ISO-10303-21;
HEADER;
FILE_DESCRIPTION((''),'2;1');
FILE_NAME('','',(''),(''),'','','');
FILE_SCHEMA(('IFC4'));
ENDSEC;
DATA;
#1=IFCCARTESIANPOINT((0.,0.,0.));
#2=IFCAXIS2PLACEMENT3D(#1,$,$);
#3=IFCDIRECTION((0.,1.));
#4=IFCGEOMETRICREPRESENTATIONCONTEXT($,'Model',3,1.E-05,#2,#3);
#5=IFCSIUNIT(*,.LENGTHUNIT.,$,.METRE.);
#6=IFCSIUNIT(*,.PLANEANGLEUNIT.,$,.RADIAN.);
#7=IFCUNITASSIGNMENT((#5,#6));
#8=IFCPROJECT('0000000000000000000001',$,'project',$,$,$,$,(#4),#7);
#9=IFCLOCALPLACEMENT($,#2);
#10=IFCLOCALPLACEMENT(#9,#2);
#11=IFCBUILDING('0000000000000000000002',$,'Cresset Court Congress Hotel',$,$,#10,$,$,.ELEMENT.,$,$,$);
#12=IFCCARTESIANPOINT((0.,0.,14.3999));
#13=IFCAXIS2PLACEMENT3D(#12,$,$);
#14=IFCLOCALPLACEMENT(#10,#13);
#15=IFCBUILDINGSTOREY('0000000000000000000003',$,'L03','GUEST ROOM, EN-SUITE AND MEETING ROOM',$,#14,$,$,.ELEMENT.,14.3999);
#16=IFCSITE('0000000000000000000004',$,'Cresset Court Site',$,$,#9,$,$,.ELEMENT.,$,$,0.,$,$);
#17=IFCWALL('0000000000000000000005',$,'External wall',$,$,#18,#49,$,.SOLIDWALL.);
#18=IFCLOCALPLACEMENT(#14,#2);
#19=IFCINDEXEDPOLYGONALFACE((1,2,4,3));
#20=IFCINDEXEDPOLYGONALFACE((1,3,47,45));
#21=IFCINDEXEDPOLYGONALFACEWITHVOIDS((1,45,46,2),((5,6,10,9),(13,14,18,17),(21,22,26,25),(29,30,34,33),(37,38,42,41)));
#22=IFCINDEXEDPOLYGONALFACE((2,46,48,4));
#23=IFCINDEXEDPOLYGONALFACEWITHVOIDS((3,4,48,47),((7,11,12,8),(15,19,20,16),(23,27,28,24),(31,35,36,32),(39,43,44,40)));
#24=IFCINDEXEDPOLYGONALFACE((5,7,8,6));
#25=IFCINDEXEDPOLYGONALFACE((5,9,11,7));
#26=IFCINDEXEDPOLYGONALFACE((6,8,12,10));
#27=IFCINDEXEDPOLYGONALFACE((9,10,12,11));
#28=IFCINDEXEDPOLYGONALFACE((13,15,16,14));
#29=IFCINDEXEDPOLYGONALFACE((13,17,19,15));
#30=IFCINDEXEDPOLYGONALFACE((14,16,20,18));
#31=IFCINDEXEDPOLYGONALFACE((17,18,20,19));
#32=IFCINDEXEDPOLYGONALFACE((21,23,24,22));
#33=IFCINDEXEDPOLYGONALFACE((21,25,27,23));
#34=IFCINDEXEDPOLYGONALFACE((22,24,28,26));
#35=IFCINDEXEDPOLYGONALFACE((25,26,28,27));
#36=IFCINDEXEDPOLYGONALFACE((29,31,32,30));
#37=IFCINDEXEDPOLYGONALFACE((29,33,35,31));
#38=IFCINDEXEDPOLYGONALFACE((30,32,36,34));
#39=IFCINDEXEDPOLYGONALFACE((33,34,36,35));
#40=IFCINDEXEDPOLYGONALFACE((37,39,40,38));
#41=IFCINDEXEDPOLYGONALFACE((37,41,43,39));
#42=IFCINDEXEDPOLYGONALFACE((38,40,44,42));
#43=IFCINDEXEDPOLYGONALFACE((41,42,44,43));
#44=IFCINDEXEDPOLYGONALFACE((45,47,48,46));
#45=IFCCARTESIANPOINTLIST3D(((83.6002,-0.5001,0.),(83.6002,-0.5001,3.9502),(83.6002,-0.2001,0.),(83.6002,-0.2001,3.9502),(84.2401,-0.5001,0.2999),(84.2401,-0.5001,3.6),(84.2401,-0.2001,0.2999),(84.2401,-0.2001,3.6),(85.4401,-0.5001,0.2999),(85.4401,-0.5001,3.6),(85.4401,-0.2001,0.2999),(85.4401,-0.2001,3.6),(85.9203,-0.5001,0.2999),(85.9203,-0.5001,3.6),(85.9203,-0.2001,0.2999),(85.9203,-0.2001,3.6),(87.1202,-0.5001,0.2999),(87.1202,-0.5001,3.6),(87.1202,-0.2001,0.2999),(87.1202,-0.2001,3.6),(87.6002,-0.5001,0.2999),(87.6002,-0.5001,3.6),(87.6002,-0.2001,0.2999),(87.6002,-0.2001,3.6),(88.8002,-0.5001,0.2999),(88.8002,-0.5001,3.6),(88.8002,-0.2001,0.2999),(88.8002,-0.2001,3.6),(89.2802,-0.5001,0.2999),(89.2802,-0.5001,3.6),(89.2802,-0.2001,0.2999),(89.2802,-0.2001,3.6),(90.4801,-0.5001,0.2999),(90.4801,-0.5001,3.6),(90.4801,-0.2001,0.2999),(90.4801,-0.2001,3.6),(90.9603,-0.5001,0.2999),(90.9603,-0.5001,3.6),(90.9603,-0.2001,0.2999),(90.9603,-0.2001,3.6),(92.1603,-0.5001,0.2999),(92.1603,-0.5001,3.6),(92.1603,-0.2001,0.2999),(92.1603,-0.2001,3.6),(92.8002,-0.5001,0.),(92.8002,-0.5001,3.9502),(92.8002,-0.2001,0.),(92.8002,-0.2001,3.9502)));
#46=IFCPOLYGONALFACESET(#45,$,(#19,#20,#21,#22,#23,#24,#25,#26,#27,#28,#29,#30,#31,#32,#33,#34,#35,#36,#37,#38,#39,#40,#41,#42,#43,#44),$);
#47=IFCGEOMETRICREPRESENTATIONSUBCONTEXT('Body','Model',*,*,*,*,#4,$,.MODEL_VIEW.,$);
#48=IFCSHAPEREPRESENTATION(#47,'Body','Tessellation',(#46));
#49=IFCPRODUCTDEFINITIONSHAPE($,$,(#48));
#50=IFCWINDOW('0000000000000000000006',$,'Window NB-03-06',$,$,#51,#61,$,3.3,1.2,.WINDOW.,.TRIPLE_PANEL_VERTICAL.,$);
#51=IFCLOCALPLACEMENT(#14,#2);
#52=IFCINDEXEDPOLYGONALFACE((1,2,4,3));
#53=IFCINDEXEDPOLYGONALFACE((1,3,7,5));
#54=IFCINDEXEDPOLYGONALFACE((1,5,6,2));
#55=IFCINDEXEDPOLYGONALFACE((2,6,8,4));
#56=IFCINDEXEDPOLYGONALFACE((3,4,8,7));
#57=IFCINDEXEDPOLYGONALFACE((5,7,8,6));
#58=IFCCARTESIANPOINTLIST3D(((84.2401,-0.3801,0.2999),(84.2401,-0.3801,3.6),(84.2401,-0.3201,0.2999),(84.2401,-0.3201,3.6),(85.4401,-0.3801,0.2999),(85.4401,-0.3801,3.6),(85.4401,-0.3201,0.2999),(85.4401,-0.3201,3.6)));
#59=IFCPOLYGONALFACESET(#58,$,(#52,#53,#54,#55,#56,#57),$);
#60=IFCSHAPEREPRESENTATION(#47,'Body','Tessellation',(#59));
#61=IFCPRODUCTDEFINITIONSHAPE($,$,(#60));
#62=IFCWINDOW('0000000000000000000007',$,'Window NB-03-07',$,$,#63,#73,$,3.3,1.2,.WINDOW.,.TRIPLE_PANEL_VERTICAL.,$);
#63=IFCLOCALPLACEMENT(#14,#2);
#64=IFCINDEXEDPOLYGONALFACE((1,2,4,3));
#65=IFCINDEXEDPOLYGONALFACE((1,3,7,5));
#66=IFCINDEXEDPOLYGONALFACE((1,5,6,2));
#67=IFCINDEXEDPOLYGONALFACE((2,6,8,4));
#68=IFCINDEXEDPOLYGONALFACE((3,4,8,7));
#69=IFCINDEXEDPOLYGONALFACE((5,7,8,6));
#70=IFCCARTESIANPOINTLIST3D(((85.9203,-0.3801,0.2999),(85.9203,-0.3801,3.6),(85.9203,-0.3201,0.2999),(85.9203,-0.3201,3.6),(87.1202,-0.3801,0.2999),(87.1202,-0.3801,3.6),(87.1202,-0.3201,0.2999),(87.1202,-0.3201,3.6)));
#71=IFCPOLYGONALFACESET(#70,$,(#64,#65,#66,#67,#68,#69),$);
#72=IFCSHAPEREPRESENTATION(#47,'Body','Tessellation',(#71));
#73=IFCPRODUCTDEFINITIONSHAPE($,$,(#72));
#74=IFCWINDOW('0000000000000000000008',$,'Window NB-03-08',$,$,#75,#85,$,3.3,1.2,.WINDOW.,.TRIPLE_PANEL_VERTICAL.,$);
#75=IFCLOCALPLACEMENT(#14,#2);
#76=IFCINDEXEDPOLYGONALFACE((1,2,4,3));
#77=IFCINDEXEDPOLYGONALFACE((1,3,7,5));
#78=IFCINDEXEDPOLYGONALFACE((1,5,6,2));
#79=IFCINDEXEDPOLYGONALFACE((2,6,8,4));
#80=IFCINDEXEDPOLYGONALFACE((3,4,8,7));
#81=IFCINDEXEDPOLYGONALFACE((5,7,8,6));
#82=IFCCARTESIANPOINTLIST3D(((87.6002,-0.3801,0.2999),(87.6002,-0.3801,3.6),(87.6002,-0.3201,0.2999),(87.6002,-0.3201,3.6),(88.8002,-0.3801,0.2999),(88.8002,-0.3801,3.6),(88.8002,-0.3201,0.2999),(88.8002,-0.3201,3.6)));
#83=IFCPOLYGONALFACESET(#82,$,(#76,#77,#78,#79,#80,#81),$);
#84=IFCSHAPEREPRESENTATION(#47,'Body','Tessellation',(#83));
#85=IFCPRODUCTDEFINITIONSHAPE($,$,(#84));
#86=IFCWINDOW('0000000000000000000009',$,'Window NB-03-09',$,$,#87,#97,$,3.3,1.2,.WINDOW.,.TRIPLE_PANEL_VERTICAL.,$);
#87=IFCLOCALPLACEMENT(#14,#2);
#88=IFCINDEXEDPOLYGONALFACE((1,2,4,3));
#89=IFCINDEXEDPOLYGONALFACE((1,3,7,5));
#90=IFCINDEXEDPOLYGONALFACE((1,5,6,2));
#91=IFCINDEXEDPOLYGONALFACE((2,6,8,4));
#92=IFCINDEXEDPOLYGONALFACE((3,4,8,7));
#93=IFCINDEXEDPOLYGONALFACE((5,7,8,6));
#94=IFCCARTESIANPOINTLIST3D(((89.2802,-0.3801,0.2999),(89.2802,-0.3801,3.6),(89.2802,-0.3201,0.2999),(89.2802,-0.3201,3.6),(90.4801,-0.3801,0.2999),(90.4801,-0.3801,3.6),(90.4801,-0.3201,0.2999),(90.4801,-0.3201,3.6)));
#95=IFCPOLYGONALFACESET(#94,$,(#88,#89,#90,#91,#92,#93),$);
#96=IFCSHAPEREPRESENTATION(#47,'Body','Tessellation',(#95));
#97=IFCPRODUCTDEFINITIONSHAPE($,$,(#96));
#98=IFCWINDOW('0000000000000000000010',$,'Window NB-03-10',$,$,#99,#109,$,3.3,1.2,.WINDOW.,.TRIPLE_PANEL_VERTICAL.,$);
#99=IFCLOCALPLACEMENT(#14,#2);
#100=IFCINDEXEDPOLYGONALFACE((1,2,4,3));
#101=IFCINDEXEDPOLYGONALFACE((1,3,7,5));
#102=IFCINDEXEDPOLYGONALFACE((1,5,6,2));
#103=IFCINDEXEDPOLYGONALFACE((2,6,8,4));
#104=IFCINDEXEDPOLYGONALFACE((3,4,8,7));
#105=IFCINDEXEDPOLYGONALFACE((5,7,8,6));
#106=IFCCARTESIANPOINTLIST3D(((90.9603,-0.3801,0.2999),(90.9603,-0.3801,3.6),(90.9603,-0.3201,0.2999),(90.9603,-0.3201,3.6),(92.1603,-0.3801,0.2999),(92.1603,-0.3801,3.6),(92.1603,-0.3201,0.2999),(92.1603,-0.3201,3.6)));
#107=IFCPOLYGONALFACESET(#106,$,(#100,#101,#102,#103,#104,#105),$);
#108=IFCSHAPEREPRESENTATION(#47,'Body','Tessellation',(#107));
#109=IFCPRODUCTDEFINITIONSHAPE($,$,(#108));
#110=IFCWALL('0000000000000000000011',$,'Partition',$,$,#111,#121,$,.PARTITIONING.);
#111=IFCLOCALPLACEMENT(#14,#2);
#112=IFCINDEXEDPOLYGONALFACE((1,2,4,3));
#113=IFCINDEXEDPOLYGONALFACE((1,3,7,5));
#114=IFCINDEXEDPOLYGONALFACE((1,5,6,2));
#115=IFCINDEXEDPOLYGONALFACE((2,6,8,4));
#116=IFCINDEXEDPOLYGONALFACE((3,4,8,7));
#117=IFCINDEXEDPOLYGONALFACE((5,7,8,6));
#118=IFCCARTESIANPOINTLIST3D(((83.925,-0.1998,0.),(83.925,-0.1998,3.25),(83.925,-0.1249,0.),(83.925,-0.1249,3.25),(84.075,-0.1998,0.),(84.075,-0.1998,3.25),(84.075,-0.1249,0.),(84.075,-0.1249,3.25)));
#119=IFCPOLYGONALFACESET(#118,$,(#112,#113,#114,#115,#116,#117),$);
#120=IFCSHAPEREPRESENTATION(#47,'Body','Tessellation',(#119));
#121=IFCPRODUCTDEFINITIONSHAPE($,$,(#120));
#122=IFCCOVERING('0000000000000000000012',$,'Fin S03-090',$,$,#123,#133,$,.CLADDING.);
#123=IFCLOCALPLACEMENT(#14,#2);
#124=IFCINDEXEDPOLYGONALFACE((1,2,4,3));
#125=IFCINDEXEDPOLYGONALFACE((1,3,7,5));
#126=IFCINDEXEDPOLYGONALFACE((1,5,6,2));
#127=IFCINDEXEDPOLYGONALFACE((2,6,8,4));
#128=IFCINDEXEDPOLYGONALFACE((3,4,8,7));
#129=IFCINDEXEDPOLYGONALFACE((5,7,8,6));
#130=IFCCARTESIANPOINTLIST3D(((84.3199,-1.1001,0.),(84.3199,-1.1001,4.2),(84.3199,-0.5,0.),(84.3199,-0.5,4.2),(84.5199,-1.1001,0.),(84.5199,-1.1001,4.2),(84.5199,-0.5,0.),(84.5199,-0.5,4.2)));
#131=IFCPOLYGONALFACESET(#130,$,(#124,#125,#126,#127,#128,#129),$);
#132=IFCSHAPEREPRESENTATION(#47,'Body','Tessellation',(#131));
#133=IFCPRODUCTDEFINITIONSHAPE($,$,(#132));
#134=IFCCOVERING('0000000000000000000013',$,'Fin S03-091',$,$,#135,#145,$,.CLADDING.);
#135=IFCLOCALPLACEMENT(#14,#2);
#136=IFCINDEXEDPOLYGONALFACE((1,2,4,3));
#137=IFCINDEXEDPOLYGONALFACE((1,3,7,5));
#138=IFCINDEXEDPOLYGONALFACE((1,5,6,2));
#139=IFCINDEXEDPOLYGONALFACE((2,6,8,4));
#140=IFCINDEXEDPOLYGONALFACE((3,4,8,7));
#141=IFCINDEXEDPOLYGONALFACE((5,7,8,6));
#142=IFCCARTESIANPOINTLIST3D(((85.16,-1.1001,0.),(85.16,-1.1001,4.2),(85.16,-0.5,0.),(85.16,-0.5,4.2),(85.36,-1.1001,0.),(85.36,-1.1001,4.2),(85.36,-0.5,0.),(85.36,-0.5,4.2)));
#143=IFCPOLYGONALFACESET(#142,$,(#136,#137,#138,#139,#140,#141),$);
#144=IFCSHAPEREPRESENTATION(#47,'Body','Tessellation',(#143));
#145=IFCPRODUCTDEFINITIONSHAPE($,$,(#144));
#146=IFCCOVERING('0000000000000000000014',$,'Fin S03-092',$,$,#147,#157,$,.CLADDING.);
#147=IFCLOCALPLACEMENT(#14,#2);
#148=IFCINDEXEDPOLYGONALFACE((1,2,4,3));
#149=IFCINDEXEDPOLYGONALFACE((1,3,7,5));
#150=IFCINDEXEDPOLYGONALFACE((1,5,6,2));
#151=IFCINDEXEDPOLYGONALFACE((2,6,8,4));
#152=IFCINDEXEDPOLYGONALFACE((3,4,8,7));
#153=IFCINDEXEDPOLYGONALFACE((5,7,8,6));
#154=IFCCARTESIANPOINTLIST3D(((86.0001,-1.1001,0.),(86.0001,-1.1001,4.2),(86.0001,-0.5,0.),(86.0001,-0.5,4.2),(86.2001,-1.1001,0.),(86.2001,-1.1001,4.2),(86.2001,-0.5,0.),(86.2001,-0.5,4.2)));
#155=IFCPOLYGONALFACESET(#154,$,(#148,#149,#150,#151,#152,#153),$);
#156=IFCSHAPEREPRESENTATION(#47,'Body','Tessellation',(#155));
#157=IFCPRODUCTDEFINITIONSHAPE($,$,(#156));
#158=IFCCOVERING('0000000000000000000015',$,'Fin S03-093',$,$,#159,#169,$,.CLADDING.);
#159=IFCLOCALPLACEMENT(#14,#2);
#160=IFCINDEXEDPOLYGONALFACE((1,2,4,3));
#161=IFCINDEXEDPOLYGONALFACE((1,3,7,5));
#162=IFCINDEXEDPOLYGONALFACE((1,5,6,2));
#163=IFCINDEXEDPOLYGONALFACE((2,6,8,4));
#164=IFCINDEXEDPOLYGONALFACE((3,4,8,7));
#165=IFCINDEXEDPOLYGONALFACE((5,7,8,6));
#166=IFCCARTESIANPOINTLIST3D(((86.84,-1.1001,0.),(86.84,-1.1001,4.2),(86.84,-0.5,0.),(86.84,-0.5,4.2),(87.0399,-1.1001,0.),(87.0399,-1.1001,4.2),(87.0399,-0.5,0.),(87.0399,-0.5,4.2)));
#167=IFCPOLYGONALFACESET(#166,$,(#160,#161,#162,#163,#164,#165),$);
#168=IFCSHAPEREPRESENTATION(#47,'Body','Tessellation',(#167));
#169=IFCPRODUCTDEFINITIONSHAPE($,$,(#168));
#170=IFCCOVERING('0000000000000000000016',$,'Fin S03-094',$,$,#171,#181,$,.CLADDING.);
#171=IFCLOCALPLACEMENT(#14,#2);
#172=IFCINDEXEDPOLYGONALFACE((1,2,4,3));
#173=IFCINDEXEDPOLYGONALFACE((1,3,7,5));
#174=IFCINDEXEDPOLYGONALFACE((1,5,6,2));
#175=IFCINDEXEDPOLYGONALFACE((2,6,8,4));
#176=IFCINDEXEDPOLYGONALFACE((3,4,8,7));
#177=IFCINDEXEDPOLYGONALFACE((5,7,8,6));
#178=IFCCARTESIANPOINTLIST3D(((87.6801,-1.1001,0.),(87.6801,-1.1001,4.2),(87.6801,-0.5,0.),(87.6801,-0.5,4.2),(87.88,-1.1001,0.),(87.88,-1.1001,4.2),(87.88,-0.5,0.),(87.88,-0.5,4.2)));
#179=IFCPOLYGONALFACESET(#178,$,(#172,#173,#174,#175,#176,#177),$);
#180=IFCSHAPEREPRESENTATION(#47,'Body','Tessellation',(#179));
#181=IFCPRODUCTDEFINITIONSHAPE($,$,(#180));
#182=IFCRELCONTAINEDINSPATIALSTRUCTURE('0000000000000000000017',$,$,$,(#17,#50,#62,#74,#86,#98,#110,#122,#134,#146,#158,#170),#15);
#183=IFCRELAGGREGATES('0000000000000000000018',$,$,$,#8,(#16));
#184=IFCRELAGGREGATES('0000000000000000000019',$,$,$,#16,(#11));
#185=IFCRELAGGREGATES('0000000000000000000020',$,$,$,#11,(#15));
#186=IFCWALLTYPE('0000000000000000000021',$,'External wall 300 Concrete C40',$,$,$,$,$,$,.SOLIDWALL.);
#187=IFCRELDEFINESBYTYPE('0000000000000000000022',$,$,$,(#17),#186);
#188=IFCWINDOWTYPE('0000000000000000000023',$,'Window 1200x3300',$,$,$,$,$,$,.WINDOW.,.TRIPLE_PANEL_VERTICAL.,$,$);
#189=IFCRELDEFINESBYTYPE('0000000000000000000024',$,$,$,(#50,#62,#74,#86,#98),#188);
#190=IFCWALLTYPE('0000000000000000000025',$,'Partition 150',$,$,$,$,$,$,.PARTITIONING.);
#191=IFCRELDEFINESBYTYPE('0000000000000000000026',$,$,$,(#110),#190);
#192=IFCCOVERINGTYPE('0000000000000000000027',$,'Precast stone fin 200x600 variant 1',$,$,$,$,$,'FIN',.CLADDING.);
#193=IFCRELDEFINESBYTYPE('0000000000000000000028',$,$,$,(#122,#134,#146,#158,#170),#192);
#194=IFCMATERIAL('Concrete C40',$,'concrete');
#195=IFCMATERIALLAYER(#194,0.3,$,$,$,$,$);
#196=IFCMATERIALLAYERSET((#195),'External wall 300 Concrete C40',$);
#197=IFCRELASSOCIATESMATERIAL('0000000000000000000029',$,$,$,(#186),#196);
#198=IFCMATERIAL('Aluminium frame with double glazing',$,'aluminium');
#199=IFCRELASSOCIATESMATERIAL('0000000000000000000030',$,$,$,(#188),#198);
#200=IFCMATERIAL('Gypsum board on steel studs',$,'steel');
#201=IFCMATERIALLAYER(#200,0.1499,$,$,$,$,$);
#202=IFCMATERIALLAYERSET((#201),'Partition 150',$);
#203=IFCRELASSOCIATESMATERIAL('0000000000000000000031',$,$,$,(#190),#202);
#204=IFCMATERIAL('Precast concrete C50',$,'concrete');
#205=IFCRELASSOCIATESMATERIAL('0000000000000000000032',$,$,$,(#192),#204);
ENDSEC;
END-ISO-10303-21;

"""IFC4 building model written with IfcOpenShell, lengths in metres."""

from ifc_helpers import new_model, si_unit, direction, frame, frame_2d, origin, origin_2d, place, context, subcontext, project, spatial, rectangle, extrude, material, layer, layer_set, type_object, element, fill, save


model = new_model("IFC4")

# Units and contexts
model_context = context("Model", 3, precision=1e-05, world=origin(), true_north=direction((0.0, 1.0)))
body_context = subcontext(model_context, "Body", "Model", "MODEL_VIEW")
ifc_project = project(units=[si_unit("LENGTHUNIT", "METRE"), si_unit("PLANEANGLEUNIT", "RADIAN")], contexts=[model_context])

# Site, building, storey
site_placement = place(None, origin())
site = spatial("IfcSite", under=ifc_project, at=site_placement, Name="Cresset Court Site", CompositionType="ELEMENT", RefElevation=0.0)
building_placement = place(site_placement, origin())
building = spatial("IfcBuilding", under=site, at=building_placement, Name="Cresset Court Congress Hotel", CompositionType="ELEMENT")
storey_placement = place(building_placement, frame((0.0, 0.0, 14.3999)))
storey = spatial("IfcBuildingStorey", under=building, at=storey_placement, Name="L03", Description="GUEST ROOM, EN-SUITE AND MEETING ROOM", CompositionType="ELEMENT", Elevation=14.3999)

# Wall, openings, windows
ifc_material_1 = material(Name="Concrete C40", Category="concrete")
ifc_layer_1 = layer(ifc_material_1, 0.3)
ifc_layer_set_1 = layer_set([ifc_layer_1], Name="External wall 300 Concrete C40")
wall_type_1 = type_object("IfcWallType", Name="External wall 300 Concrete C40", PredefinedType="SOLIDWALL", material=ifc_layer_set_1)
wall_1_placement = place(storey_placement, frame((83.6001, -0.3501, 0.0), z_axis=(0.0, 0.0, 1.0), x_axis=(1.0, 0.0, 0.0)))
wall_1 = element("IfcWall", 1, at=wall_1_placement, inside=storey, type_object=wall_type_1, Name="External wall", PredefinedType="SOLIDWALL", context=body_context, shape_type="SweptSolid", body=[
    extrude(rectangle(XDim=9.2, YDim=0.3, at=frame_2d((4.6001, 0.0))), origin(), (0.0, 0.0, 1.0), 3.9502),
])
opening_1_placement = place(wall_1_placement, frame((0.6399, 0.0, 0.3)))
opening_1 = element("IfcOpeningElement", 2, at=opening_1_placement, cuts=wall_1, PredefinedType="OPENING", context=body_context, shape_type="SweptSolid", body=[
    extrude(rectangle(XDim=1.2, YDim=3.3, at=frame_2d((0.6001, 1.6499))), frame((0.0, 0.1599, 0.0), z_axis=(0.0, -1.0, 0.0), x_axis=(1.0, 0.0, 0.0)), (0.0, 0.0, 1.0), 0.3201),
])
opening_2_placement = place(wall_1_placement, frame((2.3201, 0.0, 0.3)))
opening_2 = element("IfcOpeningElement", 3, at=opening_2_placement, cuts=wall_1, PredefinedType="OPENING", context=body_context, shape_type="SweptSolid", body=[
    extrude(rectangle(XDim=1.2, YDim=3.3, at=frame_2d((0.6001, 1.6499))), frame((0.0, 0.1599, 0.0), z_axis=(0.0, -1.0, 0.0), x_axis=(1.0, 0.0, 0.0)), (0.0, 0.0, 1.0), 0.3201),
])
opening_3_placement = place(wall_1_placement, frame((4.0, 0.0, 0.3)))
opening_3 = element("IfcOpeningElement", 4, at=opening_3_placement, cuts=wall_1, PredefinedType="OPENING", context=body_context, shape_type="SweptSolid", body=[
    extrude(rectangle(XDim=1.2, YDim=3.3, at=frame_2d((0.6001, 1.6499))), frame((0.0, 0.1599, 0.0), z_axis=(0.0, -1.0, 0.0), x_axis=(1.0, 0.0, 0.0)), (0.0, 0.0, 1.0), 0.3201),
])
opening_4_placement = place(wall_1_placement, frame((5.6799, 0.0, 0.3)))
opening_4 = element("IfcOpeningElement", 5, at=opening_4_placement, cuts=wall_1, PredefinedType="OPENING", context=body_context, shape_type="SweptSolid", body=[
    extrude(rectangle(XDim=1.2, YDim=3.3, at=frame_2d((0.6001, 1.6499))), frame((0.0, 0.1599, 0.0), z_axis=(0.0, -1.0, 0.0), x_axis=(1.0, 0.0, 0.0)), (0.0, 0.0, 1.0), 0.3201),
])
opening_5_placement = place(wall_1_placement, frame((7.3601, 0.0, 0.3)))
opening_5 = element("IfcOpeningElement", 6, at=opening_5_placement, cuts=wall_1, PredefinedType="OPENING", context=body_context, shape_type="SweptSolid", body=[
    extrude(rectangle(XDim=1.2, YDim=3.3, at=frame_2d((0.6001, 1.6499))), frame((0.0, 0.1599, 0.0), z_axis=(0.0, -1.0, 0.0), x_axis=(1.0, 0.0, 0.0)), (0.0, 0.0, 1.0), 0.3201),
])
ifc_material_2 = material(Name="Aluminium frame with double glazing", Category="aluminium")
window_type = type_object("IfcWindowType", Name="Window 1200x3300", PartitioningType="TRIPLE_PANEL_VERTICAL", PredefinedType="WINDOW", material=ifc_material_2)
window_1_placement = place(opening_1_placement, origin())
window_1 = element("IfcWindow", 7, at=window_1_placement, inside=storey, type_object=window_type, Name="Window NB-03-06", OverallHeight=3.3, OverallWidth=1.2, PartitioningType="TRIPLE_PANEL_VERTICAL", PredefinedType="WINDOW", context=body_context, shape_type="SweptSolid", body=[
    extrude(rectangle(XDim=1.2, YDim=3.3, at=frame_2d((0.6001, 1.6499))), frame((0.0, 0.03, 0.0), z_axis=(0.0, -1.0, 0.0), x_axis=(1.0, 0.0, 0.0)), (0.0, 0.0, 1.0), 0.0601),
])
fill(opening_1, window_1)
window_2_placement = place(opening_2_placement, origin())
window_2 = element("IfcWindow", 8, at=window_2_placement, inside=storey, type_object=window_type, Name="Window NB-03-07", OverallHeight=3.3, OverallWidth=1.2, PartitioningType="TRIPLE_PANEL_VERTICAL", PredefinedType="WINDOW", context=body_context, shape_type="SweptSolid", body=[
    extrude(rectangle(XDim=1.2, YDim=3.3, at=frame_2d((0.6001, 1.6499))), frame((0.0, 0.03, 0.0), z_axis=(0.0, -1.0, 0.0), x_axis=(1.0, 0.0, 0.0)), (0.0, 0.0, 1.0), 0.0601),
])
fill(opening_2, window_2)
window_3_placement = place(opening_3_placement, origin())
window_3 = element("IfcWindow", 9, at=window_3_placement, inside=storey, type_object=window_type, Name="Window NB-03-08", OverallHeight=3.3, OverallWidth=1.2, PartitioningType="TRIPLE_PANEL_VERTICAL", PredefinedType="WINDOW", context=body_context, shape_type="SweptSolid", body=[
    extrude(rectangle(XDim=1.2, YDim=3.3, at=frame_2d((0.6001, 1.6499))), frame((0.0, 0.03, 0.0), z_axis=(0.0, -1.0, 0.0), x_axis=(1.0, 0.0, 0.0)), (0.0, 0.0, 1.0), 0.0601),
])
fill(opening_3, window_3)
window_4_placement = place(opening_4_placement, origin())
window_4 = element("IfcWindow", 10, at=window_4_placement, inside=storey, type_object=window_type, Name="Window NB-03-09", OverallHeight=3.3, OverallWidth=1.2, PartitioningType="TRIPLE_PANEL_VERTICAL", PredefinedType="WINDOW", context=body_context, shape_type="SweptSolid", body=[
    extrude(rectangle(XDim=1.2, YDim=3.3, at=frame_2d((0.6001, 1.6499))), frame((0.0, 0.03, 0.0), z_axis=(0.0, -1.0, 0.0), x_axis=(1.0, 0.0, 0.0)), (0.0, 0.0, 1.0), 0.0601),
])
fill(opening_4, window_4)
window_5_placement = place(opening_5_placement, origin())
window_5 = element("IfcWindow", 11, at=window_5_placement, inside=storey, type_object=window_type, Name="Window NB-03-10", OverallHeight=3.3, OverallWidth=1.2, PartitioningType="TRIPLE_PANEL_VERTICAL", PredefinedType="WINDOW", context=body_context, shape_type="SweptSolid", body=[
    extrude(rectangle(XDim=1.2, YDim=3.3, at=frame_2d((0.6001, 1.6499))), frame((0.0, 0.03, 0.0), z_axis=(0.0, -1.0, 0.0), x_axis=(1.0, 0.0, 0.0)), (0.0, 0.0, 1.0), 0.0601),
])
fill(opening_5, window_5)

# Wall
ifc_material_3 = material(Name="Gypsum board on steel studs", Category="steel")
ifc_layer_2 = layer(ifc_material_3, 0.1499)
ifc_layer_set_2 = layer_set([ifc_layer_2], Name="Partition 150")
wall_type_2 = type_object("IfcWallType", Name="Partition 150", PredefinedType="PARTITIONING", material=ifc_layer_set_2)
wall_2_placement = place(storey_placement, frame((84.0, -0.2, 0.0), z_axis=(0.0, 0.0, 1.0), x_axis=(0.0, 1.0, 0.0)))
element("IfcWall", 12, at=wall_2_placement, inside=storey, type_object=wall_type_2, Name="Partition", PredefinedType="PARTITIONING", context=body_context, shape_type="SweptSolid", body=[
    extrude(rectangle(XDim=0.075, YDim=0.1499, at=frame_2d((0.0376, 0.0))), origin(), (0.0, 0.0, 1.0), 3.25),
])

# Coverings
ifc_material_4 = material(Name="Precast concrete C50", Category="concrete")
covering_type_1 = type_object("IfcCoveringType", Name="Precast stone fin 200x600 variant 1", ElementType="FIN", PredefinedType="CLADDING", material=ifc_material_4)
for number, where, z_axis, x_axis, name in (
    (13, (84.4199, -0.8, 0.0), (0.0, 0.0, 1.0), (1.0, 0.0, 0.0), "Fin S03-090"),
    (14, (85.26, -0.8, 0.0), (0.0, 0.0, 1.0), (1.0, 0.0, 0.0), "Fin S03-091"),
    (15, (86.1001, -0.8, 0.0), (0.0, 0.0, 1.0), (1.0, 0.0, 0.0), "Fin S03-092"),
    (16, (86.9399, -0.8, 0.0), (0.0, 0.0, 1.0), (1.0, 0.0, 0.0), "Fin S03-093"),
    (17, (87.78, -0.8, 0.0), (0.0, 0.0, 1.0), (1.0, 0.0, 0.0), "Fin S03-094"),
):
    element("IfcCovering", number, at=place(storey_placement, frame(where, z_axis=z_axis, x_axis=x_axis)), inside=storey, type_object=covering_type_1, Name=name, PredefinedType="CLADDING", context=body_context, shape_type="SweptSolid", body=[
        extrude(rectangle(XDim=0.2, YDim=0.6001, at=origin_2d()), origin(), (0.0, 0.0, 1.0), 4.2),
    ])

save(model, "model.ifc")
